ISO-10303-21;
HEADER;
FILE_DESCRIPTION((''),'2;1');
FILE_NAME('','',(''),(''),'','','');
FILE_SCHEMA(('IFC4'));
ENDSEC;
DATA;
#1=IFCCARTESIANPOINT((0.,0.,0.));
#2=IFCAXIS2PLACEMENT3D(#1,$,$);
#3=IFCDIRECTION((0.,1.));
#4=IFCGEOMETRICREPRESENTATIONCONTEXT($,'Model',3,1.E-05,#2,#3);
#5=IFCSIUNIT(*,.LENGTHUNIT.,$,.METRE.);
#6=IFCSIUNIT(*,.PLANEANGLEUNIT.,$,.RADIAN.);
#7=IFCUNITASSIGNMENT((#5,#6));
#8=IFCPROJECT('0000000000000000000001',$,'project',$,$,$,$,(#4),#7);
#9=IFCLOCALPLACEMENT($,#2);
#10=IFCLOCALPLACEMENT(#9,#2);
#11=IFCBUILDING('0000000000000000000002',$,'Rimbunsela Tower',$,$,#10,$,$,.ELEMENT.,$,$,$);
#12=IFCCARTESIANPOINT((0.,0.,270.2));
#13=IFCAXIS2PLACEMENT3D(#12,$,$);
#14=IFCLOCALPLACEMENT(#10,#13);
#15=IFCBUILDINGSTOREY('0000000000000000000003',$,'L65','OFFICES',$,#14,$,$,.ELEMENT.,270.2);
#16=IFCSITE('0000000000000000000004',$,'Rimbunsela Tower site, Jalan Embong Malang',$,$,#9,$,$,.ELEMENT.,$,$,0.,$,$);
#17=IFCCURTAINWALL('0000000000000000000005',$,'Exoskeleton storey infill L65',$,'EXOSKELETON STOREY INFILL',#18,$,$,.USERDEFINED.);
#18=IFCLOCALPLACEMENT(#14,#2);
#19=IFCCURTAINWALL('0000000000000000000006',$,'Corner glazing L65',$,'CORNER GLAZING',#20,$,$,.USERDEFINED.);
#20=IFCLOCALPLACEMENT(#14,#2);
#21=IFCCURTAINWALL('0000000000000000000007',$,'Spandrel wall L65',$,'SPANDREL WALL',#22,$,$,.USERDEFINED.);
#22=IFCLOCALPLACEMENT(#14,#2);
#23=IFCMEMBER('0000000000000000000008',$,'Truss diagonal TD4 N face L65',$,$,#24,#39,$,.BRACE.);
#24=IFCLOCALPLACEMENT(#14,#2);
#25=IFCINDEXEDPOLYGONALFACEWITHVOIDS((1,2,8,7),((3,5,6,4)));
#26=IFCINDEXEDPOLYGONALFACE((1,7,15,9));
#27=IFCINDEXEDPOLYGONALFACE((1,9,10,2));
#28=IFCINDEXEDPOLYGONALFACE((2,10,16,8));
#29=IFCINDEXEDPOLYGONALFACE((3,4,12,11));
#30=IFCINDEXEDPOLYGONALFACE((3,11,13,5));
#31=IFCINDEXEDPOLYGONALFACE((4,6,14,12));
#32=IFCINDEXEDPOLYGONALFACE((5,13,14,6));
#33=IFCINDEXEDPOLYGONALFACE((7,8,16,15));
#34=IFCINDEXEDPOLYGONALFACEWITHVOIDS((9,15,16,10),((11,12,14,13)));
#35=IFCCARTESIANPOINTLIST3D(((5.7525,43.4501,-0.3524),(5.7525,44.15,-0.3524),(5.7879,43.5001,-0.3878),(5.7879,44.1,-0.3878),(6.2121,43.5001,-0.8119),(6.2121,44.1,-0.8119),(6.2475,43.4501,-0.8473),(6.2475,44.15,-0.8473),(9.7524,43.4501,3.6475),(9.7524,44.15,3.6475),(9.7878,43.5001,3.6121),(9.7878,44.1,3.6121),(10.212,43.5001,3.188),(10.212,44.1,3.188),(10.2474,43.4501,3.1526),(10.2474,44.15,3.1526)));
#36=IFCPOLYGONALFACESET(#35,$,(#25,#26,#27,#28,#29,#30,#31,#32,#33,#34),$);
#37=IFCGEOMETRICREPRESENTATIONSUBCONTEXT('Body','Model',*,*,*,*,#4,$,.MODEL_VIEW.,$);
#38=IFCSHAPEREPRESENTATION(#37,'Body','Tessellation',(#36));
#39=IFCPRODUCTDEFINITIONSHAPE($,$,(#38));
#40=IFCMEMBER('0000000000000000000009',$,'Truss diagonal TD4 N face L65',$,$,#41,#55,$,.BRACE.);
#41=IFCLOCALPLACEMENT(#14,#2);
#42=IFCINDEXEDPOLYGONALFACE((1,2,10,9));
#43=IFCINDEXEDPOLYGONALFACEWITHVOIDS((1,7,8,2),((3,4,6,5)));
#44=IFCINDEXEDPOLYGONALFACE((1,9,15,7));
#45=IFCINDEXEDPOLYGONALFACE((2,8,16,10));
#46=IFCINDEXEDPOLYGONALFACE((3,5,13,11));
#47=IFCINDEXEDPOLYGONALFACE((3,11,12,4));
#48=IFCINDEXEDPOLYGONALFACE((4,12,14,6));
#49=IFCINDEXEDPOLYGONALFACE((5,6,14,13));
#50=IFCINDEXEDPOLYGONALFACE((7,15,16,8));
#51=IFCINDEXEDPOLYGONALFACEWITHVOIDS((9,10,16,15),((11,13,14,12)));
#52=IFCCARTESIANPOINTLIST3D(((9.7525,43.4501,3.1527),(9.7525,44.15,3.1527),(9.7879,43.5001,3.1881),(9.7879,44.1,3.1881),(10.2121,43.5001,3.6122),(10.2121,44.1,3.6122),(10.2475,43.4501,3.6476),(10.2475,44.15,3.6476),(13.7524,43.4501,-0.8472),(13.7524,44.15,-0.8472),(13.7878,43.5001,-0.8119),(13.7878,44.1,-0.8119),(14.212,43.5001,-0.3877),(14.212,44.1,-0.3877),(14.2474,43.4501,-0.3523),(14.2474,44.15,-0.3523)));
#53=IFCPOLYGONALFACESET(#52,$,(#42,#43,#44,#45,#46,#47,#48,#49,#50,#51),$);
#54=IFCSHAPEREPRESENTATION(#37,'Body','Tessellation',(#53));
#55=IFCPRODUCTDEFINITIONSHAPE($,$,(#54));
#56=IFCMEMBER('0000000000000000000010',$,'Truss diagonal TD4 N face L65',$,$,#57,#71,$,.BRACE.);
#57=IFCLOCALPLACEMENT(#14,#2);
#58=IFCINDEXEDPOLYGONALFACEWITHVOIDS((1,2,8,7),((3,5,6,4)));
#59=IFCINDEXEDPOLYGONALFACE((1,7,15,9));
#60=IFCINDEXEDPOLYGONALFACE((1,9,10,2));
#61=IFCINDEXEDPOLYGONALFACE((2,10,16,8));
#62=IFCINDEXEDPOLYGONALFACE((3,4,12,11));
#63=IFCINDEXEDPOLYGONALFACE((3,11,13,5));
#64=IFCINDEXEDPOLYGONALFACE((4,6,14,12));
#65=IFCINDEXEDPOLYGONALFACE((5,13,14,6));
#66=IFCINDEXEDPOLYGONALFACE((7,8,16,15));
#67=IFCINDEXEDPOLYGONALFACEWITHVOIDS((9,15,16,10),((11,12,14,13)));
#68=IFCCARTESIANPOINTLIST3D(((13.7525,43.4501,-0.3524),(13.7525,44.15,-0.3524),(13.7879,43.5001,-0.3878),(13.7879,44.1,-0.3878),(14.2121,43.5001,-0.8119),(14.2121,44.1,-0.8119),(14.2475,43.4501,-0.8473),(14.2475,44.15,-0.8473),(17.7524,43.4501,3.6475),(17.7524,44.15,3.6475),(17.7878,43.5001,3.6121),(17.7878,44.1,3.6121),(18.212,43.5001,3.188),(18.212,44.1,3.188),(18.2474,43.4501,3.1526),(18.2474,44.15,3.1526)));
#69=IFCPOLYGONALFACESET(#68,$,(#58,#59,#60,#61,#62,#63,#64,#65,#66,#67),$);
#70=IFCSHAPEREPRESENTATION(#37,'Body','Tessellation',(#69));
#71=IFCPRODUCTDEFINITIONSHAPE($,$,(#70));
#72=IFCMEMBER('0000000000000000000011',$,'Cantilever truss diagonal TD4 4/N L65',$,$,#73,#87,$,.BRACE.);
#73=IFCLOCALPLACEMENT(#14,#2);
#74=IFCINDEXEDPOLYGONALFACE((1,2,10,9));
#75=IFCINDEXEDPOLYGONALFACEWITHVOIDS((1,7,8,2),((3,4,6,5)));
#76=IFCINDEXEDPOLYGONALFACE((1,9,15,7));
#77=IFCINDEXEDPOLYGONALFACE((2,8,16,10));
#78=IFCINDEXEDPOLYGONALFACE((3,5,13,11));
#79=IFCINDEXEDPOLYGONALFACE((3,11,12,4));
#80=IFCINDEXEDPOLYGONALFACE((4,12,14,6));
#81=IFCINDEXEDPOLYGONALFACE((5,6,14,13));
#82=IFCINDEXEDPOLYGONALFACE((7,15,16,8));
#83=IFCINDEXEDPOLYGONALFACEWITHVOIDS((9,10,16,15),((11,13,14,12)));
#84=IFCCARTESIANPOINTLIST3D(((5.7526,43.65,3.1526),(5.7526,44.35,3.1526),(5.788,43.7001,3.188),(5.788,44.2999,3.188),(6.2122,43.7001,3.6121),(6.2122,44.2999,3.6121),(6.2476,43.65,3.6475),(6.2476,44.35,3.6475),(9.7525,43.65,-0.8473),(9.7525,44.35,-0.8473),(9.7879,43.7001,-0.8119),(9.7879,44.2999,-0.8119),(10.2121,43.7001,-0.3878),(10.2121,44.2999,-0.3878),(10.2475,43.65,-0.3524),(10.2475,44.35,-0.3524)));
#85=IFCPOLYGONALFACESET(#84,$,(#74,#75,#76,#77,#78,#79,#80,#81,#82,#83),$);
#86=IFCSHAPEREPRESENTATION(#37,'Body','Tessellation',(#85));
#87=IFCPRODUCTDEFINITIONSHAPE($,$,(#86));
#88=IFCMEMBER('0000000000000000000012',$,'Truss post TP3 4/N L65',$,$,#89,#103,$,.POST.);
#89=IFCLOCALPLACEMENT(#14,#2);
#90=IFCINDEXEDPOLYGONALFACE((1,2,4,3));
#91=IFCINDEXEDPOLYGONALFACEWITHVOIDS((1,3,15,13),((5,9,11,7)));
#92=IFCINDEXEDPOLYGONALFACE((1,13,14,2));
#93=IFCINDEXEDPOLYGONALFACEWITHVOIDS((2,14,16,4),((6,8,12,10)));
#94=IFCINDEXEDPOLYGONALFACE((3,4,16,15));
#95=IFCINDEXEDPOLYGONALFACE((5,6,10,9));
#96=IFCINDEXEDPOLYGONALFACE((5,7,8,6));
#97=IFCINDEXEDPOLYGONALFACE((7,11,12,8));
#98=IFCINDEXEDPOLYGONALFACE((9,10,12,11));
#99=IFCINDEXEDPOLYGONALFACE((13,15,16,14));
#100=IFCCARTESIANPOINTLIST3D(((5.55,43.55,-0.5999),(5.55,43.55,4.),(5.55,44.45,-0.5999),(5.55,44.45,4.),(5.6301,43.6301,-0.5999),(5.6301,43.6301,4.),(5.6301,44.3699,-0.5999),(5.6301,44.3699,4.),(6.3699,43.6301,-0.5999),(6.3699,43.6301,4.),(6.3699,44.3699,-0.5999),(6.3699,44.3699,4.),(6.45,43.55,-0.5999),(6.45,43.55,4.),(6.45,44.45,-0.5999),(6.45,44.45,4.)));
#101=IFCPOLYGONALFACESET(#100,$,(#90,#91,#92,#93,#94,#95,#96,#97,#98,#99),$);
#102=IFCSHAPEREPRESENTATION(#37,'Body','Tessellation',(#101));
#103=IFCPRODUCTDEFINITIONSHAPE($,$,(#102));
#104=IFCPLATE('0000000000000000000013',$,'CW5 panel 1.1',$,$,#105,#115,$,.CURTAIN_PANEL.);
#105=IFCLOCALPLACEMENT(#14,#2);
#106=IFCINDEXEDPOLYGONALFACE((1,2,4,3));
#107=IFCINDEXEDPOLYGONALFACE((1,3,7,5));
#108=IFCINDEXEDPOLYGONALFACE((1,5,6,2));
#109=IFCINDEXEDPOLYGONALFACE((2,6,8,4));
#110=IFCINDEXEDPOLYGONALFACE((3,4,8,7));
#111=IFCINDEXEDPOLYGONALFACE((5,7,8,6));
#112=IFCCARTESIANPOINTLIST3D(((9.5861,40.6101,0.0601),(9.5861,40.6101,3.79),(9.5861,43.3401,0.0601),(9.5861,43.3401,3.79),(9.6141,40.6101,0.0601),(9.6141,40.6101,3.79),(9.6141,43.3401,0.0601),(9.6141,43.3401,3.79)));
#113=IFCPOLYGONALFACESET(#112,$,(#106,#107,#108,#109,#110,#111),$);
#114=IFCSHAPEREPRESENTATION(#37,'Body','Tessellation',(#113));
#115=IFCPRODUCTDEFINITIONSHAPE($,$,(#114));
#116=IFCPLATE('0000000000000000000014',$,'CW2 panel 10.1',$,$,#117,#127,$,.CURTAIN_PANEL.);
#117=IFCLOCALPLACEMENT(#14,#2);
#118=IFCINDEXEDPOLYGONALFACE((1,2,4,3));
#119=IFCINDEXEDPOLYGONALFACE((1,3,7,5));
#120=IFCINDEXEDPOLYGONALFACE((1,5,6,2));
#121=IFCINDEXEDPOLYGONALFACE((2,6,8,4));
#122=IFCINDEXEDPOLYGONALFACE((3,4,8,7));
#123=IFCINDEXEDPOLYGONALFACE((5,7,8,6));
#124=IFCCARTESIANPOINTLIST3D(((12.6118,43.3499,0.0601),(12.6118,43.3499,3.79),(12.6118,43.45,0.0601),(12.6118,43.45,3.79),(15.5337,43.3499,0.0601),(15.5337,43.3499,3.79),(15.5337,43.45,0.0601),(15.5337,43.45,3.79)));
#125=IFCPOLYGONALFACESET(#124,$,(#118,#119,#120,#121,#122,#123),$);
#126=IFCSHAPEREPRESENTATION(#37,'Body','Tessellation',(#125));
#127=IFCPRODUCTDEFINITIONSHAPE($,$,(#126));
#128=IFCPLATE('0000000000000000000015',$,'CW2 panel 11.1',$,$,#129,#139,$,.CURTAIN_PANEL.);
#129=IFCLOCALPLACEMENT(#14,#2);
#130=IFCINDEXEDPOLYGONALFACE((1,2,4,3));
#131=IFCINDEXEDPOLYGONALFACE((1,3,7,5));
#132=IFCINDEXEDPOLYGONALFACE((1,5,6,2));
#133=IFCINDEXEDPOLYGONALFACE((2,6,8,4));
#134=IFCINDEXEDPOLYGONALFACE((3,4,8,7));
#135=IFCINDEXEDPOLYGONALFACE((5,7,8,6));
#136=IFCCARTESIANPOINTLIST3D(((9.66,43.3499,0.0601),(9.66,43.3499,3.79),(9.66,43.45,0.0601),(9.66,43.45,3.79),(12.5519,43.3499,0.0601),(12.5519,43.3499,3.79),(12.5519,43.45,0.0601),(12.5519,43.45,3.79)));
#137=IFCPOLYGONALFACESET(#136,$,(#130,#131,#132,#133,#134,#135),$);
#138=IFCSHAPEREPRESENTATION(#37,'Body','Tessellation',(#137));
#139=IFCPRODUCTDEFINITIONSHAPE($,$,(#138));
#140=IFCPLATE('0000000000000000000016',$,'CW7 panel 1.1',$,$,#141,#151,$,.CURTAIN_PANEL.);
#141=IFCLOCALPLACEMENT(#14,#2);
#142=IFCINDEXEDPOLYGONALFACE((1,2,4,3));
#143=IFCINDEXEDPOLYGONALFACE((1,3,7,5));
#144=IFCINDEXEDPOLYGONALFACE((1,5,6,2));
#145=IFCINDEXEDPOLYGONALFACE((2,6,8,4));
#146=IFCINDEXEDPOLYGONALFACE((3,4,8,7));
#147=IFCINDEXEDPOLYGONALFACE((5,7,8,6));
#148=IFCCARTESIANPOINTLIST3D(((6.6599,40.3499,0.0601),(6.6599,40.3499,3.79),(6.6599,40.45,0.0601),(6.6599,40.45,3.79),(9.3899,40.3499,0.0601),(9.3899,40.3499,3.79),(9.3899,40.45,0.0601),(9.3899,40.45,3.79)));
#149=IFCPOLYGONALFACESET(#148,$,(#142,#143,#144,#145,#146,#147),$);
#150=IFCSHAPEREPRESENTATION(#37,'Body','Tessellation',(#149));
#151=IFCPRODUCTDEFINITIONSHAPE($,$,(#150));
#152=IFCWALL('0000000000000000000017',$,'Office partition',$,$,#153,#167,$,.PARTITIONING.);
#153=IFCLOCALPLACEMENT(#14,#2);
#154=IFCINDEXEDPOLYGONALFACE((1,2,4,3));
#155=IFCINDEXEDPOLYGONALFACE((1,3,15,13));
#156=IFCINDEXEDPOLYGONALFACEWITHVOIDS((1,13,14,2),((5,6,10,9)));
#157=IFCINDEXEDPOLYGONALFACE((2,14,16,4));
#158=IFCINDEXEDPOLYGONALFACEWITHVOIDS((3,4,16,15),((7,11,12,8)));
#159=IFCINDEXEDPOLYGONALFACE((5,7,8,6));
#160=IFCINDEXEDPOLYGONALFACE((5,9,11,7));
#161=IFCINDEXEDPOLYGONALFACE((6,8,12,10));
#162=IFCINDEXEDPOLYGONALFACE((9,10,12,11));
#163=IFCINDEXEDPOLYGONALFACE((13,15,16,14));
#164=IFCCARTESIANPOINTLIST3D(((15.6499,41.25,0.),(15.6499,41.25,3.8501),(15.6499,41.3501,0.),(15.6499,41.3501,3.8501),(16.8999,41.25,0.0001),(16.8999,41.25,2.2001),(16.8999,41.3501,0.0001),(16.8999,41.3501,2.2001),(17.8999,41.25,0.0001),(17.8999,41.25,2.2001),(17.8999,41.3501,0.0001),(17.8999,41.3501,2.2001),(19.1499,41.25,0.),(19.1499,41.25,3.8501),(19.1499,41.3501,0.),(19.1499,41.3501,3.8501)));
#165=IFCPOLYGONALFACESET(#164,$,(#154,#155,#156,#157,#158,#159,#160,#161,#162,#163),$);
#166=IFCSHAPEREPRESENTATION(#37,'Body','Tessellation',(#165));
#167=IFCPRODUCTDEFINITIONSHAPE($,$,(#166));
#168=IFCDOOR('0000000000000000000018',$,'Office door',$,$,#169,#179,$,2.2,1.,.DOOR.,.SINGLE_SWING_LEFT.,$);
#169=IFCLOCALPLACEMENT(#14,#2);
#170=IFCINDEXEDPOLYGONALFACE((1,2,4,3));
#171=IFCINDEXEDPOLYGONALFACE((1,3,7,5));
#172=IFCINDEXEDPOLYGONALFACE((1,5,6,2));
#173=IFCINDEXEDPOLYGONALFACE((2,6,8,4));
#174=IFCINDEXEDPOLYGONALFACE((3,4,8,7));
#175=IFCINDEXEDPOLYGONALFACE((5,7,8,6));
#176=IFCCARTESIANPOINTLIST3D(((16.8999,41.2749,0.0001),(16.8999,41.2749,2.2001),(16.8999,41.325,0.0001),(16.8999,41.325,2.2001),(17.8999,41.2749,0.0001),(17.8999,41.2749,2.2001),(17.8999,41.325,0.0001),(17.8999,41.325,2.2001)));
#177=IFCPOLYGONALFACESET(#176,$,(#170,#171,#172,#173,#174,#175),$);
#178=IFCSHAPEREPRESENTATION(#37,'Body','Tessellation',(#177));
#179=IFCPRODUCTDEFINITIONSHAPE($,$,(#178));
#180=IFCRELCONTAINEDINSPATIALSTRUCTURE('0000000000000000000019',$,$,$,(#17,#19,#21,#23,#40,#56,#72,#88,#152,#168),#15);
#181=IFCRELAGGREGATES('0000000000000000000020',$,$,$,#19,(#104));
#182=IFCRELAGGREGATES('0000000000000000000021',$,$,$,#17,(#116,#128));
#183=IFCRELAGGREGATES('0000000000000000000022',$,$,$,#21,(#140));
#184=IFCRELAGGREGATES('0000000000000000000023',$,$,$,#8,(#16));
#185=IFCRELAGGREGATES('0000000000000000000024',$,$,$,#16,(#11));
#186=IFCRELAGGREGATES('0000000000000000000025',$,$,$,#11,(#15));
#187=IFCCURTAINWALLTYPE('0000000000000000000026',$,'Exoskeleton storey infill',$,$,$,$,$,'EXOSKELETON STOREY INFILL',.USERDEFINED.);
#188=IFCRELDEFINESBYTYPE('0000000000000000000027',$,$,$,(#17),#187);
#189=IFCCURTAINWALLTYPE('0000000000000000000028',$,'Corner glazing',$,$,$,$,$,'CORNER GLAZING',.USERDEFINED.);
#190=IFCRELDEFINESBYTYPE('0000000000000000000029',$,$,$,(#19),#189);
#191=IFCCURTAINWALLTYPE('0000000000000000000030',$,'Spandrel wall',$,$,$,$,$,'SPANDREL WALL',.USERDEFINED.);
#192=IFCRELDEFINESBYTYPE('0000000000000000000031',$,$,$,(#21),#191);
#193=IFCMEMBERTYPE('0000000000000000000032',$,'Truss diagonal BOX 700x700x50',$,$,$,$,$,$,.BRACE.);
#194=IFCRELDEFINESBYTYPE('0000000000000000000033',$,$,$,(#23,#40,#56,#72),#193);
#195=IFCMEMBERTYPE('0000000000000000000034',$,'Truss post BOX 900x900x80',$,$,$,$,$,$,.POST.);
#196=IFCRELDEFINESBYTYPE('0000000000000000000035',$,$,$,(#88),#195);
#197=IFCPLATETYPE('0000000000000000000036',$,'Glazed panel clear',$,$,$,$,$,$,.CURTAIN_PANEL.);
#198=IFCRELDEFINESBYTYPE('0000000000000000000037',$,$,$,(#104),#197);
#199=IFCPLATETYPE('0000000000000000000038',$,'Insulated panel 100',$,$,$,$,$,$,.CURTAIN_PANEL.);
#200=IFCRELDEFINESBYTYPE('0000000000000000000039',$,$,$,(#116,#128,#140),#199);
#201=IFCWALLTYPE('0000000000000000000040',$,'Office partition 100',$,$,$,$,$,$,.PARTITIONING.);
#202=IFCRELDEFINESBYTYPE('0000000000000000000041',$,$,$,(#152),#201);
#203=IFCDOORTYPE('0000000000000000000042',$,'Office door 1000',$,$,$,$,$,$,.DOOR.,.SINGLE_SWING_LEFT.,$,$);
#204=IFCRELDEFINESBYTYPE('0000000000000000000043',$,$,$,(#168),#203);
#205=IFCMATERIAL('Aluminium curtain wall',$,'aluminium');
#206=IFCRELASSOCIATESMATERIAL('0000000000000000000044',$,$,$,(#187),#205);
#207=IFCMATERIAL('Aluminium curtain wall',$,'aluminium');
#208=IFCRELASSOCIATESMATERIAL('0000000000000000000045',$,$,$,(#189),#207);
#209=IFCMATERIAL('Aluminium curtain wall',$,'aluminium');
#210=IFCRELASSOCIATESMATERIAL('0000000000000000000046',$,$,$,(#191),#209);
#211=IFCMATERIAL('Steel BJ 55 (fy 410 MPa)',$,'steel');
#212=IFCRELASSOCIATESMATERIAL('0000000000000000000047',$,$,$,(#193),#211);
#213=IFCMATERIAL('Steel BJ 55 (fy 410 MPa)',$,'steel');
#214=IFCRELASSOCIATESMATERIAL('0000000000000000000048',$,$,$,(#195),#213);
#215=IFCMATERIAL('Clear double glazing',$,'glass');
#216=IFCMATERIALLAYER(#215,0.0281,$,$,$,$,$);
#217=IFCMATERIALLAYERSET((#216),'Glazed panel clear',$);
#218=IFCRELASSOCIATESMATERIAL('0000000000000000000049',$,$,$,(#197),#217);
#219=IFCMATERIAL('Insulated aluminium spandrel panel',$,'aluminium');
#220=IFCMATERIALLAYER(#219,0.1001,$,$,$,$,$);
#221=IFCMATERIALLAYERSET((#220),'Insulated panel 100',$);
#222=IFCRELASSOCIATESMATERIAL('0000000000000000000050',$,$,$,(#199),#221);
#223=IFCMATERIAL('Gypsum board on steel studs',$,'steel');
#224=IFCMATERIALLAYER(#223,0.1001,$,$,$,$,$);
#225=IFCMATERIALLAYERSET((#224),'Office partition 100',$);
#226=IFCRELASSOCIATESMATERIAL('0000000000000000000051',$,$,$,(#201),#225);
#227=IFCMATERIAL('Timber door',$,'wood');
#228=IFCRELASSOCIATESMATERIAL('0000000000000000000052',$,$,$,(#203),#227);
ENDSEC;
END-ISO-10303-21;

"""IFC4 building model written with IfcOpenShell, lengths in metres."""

from ifc_helpers import new_model, si_unit, direction, frame, frame_2d, origin, origin_2d, place, context, subcontext, project, spatial, rectangle, hollow_rectangle, extrude, material, layer, layer_set, material_profile, profile_set, type_object, element, fill, aggregate, save


model = new_model("IFC4")

# Units and contexts
model_context = context("Model", 3, precision=1e-05, world=origin(), true_north=direction((0.0, 1.0)))
body_context = subcontext(model_context, "Body", "Model", "MODEL_VIEW")
ifc_project = project(units=[si_unit("LENGTHUNIT", "METRE"), si_unit("PLANEANGLEUNIT", "RADIAN")], contexts=[model_context])

# Site, building, storey
site_placement = place(None, origin())
site = spatial("IfcSite", under=ifc_project, at=site_placement, Name="Rimbunsela Tower site, Jalan Embong Malang", CompositionType="ELEMENT", RefElevation=0.0)
building_placement = place(site_placement, origin())
building = spatial("IfcBuilding", under=site, at=building_placement, Name="Rimbunsela Tower", CompositionType="ELEMENT")
storey_placement = place(building_placement, frame((0.0, 0.0, 270.2)))
storey = spatial("IfcBuildingStorey", under=building, at=storey_placement, Name="L65", Description="OFFICES", CompositionType="ELEMENT", Elevation=270.2)

# Curtain walls
ifc_material_1 = material(Name="Aluminium curtain wall", Category="aluminium")
curtain_wall_type_1 = type_object("IfcCurtainWallType", Name="Exoskeleton storey infill", ElementType="EXOSKELETON STOREY INFILL", PredefinedType="USERDEFINED", material=ifc_material_1)
curtain_wall_1_placement = place(storey_placement, origin())
curtain_wall_1 = element("IfcCurtainWall", 1, at=curtain_wall_1_placement, inside=storey, type_object=curtain_wall_type_1, Name="Exoskeleton storey infill L65", ObjectType="EXOSKELETON STOREY INFILL", PredefinedType="USERDEFINED")
ifc_material_2 = material(Name="Aluminium curtain wall", Category="aluminium")
curtain_wall_type_2 = type_object("IfcCurtainWallType", Name="Corner glazing", ElementType="CORNER GLAZING", PredefinedType="USERDEFINED", material=ifc_material_2)
curtain_wall_2_placement = place(storey_placement, origin())
curtain_wall_2 = element("IfcCurtainWall", 2, at=curtain_wall_2_placement, inside=storey, type_object=curtain_wall_type_2, Name="Corner glazing L65", ObjectType="CORNER GLAZING", PredefinedType="USERDEFINED")
ifc_material_3 = material(Name="Aluminium curtain wall", Category="aluminium")
curtain_wall_type_3 = type_object("IfcCurtainWallType", Name="Spandrel wall", ElementType="SPANDREL WALL", PredefinedType="USERDEFINED", material=ifc_material_3)
curtain_wall_3_placement = place(storey_placement, origin())
curtain_wall_3 = element("IfcCurtainWall", 3, at=curtain_wall_3_placement, inside=storey, type_object=curtain_wall_type_3, Name="Spandrel wall L65", ObjectType="SPANDREL WALL", PredefinedType="USERDEFINED")

# Members
ifc_material_4 = material(Name="Steel BJ 55 (fy 410 MPa)", Category="steel")
ifc_material_profile_1 = material_profile(ifc_material_4, hollow_rectangle(XDim=0.7, YDim=0.7, WallThickness=0.05, at=origin_2d()), Name="BOX 700x700x50")
ifc_profile_set_1 = profile_set([ifc_material_profile_1], Name="Steel BJ 55 (fy 410 MPa)")
member_type_1 = type_object("IfcMemberType", Name="Truss diagonal BOX 700x700x50", PredefinedType="BRACE", material=ifc_profile_set_1)
for number, where, z_axis, x_axis, name in (
    (4, (6.0, 43.8, -0.5999), (0.707107, 0.0, 0.707107), (0.0, 1.0, 0.0), "Truss diagonal TD4 N face L65"),
    (5, (10.0, 43.8, 3.4001), (0.707107, 0.0, -0.707107), (0.0, 1.0, 0.0), "Truss diagonal TD4 N face L65"),
    (6, (14.0, 43.8, -0.5999), (0.707107, 0.0, 0.707107), (0.0, 1.0, 0.0), "Truss diagonal TD4 N face L65"),
    (7, (10.0, 44.0, -0.5999), (-0.707107, 0.0, 0.707107), (0.0, -1.0, 0.0), "Cantilever truss diagonal TD4 4/N L65"),
):
    element("IfcMember", number, at=place(storey_placement, frame(where, z_axis=z_axis, x_axis=x_axis)), inside=storey, type_object=member_type_1, Name=name, PredefinedType="BRACE", context=body_context, shape_type="SweptSolid", body=[
        extrude(hollow_rectangle(XDim=0.7, YDim=0.7, WallThickness=0.05, at=origin_2d()), origin(), (0.0, 0.0, 1.0), 5.6567),
    ])
ifc_material_5 = material(Name="Steel BJ 55 (fy 410 MPa)", Category="steel")
ifc_material_profile_2 = material_profile(ifc_material_5, hollow_rectangle(XDim=0.8999, YDim=0.8999, WallThickness=0.0801, at=origin_2d()), Name="BOX 900x900x80")
ifc_profile_set_2 = profile_set([ifc_material_profile_2], Name="Steel BJ 55 (fy 410 MPa)")
member_type_2 = type_object("IfcMemberType", Name="Truss post BOX 900x900x80", PredefinedType="POST", material=ifc_profile_set_2)
member_1_placement = place(storey_placement, frame((6.0, 44.0, -0.5999), z_axis=(0.0, 0.0, 1.0), x_axis=(1.0, 0.0, 0.0)))
element("IfcMember", 8, at=member_1_placement, inside=storey, type_object=member_type_2, Name="Truss post TP3 4/N L65", PredefinedType="POST", context=body_context, shape_type="SweptSolid", body=[
    extrude(hollow_rectangle(XDim=0.8999, YDim=0.8999, WallThickness=0.0801, at=origin_2d()), origin(), (0.0, 0.0, 1.0), 4.5999),
])

# Plates
ifc_material_6 = material(Name="Clear double glazing", Category="glass")
ifc_layer_1 = layer(ifc_material_6, 0.0281)
ifc_layer_set_1 = layer_set([ifc_layer_1], Name="Glazed panel clear")
plate_type_1 = type_object("IfcPlateType", Name="Glazed panel clear", PredefinedType="CURTAIN_PANEL", material=ifc_layer_set_1)
plate_1_placement = place(storey_placement, frame((9.6001, 41.9751, 0.0601), z_axis=(0.0, 0.0, 1.0), x_axis=(0.0, -1.0, 0.0)))
plate_1 = element("IfcPlate", 9, at=plate_1_placement, type_object=plate_type_1, Name="CW5 panel 1.1", PredefinedType="CURTAIN_PANEL", context=body_context, shape_type="SweptSolid", body=[
    extrude(rectangle(XDim=2.73, YDim=0.0281, at=origin_2d()), origin(), (0.0, 0.0, 1.0), 3.73),
])
aggregate(curtain_wall_2, [plate_1])
ifc_material_7 = material(Name="Insulated aluminium spandrel panel", Category="aluminium")
ifc_layer_2 = layer(ifc_material_7, 0.1001)
ifc_layer_set_2 = layer_set([ifc_layer_2], Name="Insulated panel 100")
plate_type_2 = type_object("IfcPlateType", Name="Insulated panel 100", PredefinedType="CURTAIN_PANEL", material=ifc_layer_set_2)
plate_2_placement = place(storey_placement, frame((14.0728, 43.3999, 0.0601), z_axis=(0.0, 0.0, 1.0), x_axis=(-1.0, 0.0, 0.0)))
plate_2 = element("IfcPlate", 10, at=plate_2_placement, type_object=plate_type_2, Name="CW2 panel 10.1", PredefinedType="CURTAIN_PANEL", context=body_context, shape_type="SweptSolid", body=[
    extrude(rectangle(XDim=2.9219, YDim=0.1001, at=origin_2d()), origin(), (0.0, 0.0, 1.0), 3.73),
])
plate_3_placement = place(storey_placement, frame((11.106, 43.3999, 0.0601), z_axis=(0.0, 0.0, 1.0), x_axis=(-1.0, 0.0, 0.0)))
plate_3 = element("IfcPlate", 11, at=plate_3_placement, type_object=plate_type_2, Name="CW2 panel 11.1", PredefinedType="CURTAIN_PANEL", context=body_context, shape_type="SweptSolid", body=[
    extrude(rectangle(XDim=2.8918, YDim=0.1001, at=origin_2d()), origin(), (0.0, 0.0, 1.0), 3.73),
])
aggregate(curtain_wall_1, [plate_2, plate_3])
plate_4_placement = place(storey_placement, frame((8.0249, 40.3999, 0.0601), z_axis=(0.0, 0.0, 1.0), x_axis=(-1.0, 0.0, 0.0)))
plate_4 = element("IfcPlate", 12, at=plate_4_placement, type_object=plate_type_2, Name="CW7 panel 1.1", PredefinedType="CURTAIN_PANEL", context=body_context, shape_type="SweptSolid", body=[
    extrude(rectangle(XDim=2.73, YDim=0.1001, at=origin_2d()), origin(), (0.0, 0.0, 1.0), 3.73),
])
aggregate(curtain_wall_3, [plate_4])

# Wall, opening, door
ifc_material_8 = material(Name="Gypsum board on steel studs", Category="steel")
ifc_layer_3 = layer(ifc_material_8, 0.1001)
ifc_layer_set_3 = layer_set([ifc_layer_3], Name="Office partition 100")
wall_type = type_object("IfcWallType", Name="Office partition 100", PredefinedType="PARTITIONING", material=ifc_layer_set_3)
wall_placement = place(storey_placement, frame((15.6499, 41.3, 0.0), z_axis=(0.0, 0.0, 1.0), x_axis=(1.0, 0.0, 0.0)))
wall = element("IfcWall", 13, at=wall_placement, inside=storey, type_object=wall_type, Name="Office partition", PredefinedType="PARTITIONING", context=body_context, shape_type="SweptSolid", body=[
    extrude(rectangle(XDim=3.5, YDim=0.1001, at=frame_2d((1.75, 0.0))), origin(), (0.0, 0.0, 1.0), 3.8501),
])
opening_placement = place(wall_placement, frame((1.25, 0.0, 0.0)))
opening = element("IfcOpeningElement", 14, at=opening_placement, cuts=wall, PredefinedType="OPENING", context=body_context, shape_type="SweptSolid", body=[
    extrude(rectangle(XDim=1.0, YDim=2.2, at=frame_2d((0.5, 1.1001))), frame((0.0, 0.0601, 0.0), z_axis=(0.0, -1.0, 0.0), x_axis=(1.0, 0.0, 0.0)), (0.0, 0.0, 1.0), 0.1201),
])
ifc_material_9 = material(Name="Timber door", Category="wood")
door_type = type_object("IfcDoorType", Name="Office door 1000", OperationType="SINGLE_SWING_LEFT", PredefinedType="DOOR", material=ifc_material_9)
door_placement = place(opening_placement, origin())
door = element("IfcDoor", 15, at=door_placement, inside=storey, type_object=door_type, Name="Office door", OperationType="SINGLE_SWING_LEFT", OverallHeight=2.2, OverallWidth=1.0, PredefinedType="DOOR", context=body_context, shape_type="SweptSolid", body=[
    extrude(rectangle(XDim=1.0, YDim=2.2, at=frame_2d((0.5, 1.1001))), frame((0.0, 0.0249, 0.0), z_axis=(0.0, -1.0, 0.0), x_axis=(1.0, 0.0, 0.0)), (0.0, 0.0, 1.0), 0.05),
])
fill(opening, door)

save(model, "model.ifc")
